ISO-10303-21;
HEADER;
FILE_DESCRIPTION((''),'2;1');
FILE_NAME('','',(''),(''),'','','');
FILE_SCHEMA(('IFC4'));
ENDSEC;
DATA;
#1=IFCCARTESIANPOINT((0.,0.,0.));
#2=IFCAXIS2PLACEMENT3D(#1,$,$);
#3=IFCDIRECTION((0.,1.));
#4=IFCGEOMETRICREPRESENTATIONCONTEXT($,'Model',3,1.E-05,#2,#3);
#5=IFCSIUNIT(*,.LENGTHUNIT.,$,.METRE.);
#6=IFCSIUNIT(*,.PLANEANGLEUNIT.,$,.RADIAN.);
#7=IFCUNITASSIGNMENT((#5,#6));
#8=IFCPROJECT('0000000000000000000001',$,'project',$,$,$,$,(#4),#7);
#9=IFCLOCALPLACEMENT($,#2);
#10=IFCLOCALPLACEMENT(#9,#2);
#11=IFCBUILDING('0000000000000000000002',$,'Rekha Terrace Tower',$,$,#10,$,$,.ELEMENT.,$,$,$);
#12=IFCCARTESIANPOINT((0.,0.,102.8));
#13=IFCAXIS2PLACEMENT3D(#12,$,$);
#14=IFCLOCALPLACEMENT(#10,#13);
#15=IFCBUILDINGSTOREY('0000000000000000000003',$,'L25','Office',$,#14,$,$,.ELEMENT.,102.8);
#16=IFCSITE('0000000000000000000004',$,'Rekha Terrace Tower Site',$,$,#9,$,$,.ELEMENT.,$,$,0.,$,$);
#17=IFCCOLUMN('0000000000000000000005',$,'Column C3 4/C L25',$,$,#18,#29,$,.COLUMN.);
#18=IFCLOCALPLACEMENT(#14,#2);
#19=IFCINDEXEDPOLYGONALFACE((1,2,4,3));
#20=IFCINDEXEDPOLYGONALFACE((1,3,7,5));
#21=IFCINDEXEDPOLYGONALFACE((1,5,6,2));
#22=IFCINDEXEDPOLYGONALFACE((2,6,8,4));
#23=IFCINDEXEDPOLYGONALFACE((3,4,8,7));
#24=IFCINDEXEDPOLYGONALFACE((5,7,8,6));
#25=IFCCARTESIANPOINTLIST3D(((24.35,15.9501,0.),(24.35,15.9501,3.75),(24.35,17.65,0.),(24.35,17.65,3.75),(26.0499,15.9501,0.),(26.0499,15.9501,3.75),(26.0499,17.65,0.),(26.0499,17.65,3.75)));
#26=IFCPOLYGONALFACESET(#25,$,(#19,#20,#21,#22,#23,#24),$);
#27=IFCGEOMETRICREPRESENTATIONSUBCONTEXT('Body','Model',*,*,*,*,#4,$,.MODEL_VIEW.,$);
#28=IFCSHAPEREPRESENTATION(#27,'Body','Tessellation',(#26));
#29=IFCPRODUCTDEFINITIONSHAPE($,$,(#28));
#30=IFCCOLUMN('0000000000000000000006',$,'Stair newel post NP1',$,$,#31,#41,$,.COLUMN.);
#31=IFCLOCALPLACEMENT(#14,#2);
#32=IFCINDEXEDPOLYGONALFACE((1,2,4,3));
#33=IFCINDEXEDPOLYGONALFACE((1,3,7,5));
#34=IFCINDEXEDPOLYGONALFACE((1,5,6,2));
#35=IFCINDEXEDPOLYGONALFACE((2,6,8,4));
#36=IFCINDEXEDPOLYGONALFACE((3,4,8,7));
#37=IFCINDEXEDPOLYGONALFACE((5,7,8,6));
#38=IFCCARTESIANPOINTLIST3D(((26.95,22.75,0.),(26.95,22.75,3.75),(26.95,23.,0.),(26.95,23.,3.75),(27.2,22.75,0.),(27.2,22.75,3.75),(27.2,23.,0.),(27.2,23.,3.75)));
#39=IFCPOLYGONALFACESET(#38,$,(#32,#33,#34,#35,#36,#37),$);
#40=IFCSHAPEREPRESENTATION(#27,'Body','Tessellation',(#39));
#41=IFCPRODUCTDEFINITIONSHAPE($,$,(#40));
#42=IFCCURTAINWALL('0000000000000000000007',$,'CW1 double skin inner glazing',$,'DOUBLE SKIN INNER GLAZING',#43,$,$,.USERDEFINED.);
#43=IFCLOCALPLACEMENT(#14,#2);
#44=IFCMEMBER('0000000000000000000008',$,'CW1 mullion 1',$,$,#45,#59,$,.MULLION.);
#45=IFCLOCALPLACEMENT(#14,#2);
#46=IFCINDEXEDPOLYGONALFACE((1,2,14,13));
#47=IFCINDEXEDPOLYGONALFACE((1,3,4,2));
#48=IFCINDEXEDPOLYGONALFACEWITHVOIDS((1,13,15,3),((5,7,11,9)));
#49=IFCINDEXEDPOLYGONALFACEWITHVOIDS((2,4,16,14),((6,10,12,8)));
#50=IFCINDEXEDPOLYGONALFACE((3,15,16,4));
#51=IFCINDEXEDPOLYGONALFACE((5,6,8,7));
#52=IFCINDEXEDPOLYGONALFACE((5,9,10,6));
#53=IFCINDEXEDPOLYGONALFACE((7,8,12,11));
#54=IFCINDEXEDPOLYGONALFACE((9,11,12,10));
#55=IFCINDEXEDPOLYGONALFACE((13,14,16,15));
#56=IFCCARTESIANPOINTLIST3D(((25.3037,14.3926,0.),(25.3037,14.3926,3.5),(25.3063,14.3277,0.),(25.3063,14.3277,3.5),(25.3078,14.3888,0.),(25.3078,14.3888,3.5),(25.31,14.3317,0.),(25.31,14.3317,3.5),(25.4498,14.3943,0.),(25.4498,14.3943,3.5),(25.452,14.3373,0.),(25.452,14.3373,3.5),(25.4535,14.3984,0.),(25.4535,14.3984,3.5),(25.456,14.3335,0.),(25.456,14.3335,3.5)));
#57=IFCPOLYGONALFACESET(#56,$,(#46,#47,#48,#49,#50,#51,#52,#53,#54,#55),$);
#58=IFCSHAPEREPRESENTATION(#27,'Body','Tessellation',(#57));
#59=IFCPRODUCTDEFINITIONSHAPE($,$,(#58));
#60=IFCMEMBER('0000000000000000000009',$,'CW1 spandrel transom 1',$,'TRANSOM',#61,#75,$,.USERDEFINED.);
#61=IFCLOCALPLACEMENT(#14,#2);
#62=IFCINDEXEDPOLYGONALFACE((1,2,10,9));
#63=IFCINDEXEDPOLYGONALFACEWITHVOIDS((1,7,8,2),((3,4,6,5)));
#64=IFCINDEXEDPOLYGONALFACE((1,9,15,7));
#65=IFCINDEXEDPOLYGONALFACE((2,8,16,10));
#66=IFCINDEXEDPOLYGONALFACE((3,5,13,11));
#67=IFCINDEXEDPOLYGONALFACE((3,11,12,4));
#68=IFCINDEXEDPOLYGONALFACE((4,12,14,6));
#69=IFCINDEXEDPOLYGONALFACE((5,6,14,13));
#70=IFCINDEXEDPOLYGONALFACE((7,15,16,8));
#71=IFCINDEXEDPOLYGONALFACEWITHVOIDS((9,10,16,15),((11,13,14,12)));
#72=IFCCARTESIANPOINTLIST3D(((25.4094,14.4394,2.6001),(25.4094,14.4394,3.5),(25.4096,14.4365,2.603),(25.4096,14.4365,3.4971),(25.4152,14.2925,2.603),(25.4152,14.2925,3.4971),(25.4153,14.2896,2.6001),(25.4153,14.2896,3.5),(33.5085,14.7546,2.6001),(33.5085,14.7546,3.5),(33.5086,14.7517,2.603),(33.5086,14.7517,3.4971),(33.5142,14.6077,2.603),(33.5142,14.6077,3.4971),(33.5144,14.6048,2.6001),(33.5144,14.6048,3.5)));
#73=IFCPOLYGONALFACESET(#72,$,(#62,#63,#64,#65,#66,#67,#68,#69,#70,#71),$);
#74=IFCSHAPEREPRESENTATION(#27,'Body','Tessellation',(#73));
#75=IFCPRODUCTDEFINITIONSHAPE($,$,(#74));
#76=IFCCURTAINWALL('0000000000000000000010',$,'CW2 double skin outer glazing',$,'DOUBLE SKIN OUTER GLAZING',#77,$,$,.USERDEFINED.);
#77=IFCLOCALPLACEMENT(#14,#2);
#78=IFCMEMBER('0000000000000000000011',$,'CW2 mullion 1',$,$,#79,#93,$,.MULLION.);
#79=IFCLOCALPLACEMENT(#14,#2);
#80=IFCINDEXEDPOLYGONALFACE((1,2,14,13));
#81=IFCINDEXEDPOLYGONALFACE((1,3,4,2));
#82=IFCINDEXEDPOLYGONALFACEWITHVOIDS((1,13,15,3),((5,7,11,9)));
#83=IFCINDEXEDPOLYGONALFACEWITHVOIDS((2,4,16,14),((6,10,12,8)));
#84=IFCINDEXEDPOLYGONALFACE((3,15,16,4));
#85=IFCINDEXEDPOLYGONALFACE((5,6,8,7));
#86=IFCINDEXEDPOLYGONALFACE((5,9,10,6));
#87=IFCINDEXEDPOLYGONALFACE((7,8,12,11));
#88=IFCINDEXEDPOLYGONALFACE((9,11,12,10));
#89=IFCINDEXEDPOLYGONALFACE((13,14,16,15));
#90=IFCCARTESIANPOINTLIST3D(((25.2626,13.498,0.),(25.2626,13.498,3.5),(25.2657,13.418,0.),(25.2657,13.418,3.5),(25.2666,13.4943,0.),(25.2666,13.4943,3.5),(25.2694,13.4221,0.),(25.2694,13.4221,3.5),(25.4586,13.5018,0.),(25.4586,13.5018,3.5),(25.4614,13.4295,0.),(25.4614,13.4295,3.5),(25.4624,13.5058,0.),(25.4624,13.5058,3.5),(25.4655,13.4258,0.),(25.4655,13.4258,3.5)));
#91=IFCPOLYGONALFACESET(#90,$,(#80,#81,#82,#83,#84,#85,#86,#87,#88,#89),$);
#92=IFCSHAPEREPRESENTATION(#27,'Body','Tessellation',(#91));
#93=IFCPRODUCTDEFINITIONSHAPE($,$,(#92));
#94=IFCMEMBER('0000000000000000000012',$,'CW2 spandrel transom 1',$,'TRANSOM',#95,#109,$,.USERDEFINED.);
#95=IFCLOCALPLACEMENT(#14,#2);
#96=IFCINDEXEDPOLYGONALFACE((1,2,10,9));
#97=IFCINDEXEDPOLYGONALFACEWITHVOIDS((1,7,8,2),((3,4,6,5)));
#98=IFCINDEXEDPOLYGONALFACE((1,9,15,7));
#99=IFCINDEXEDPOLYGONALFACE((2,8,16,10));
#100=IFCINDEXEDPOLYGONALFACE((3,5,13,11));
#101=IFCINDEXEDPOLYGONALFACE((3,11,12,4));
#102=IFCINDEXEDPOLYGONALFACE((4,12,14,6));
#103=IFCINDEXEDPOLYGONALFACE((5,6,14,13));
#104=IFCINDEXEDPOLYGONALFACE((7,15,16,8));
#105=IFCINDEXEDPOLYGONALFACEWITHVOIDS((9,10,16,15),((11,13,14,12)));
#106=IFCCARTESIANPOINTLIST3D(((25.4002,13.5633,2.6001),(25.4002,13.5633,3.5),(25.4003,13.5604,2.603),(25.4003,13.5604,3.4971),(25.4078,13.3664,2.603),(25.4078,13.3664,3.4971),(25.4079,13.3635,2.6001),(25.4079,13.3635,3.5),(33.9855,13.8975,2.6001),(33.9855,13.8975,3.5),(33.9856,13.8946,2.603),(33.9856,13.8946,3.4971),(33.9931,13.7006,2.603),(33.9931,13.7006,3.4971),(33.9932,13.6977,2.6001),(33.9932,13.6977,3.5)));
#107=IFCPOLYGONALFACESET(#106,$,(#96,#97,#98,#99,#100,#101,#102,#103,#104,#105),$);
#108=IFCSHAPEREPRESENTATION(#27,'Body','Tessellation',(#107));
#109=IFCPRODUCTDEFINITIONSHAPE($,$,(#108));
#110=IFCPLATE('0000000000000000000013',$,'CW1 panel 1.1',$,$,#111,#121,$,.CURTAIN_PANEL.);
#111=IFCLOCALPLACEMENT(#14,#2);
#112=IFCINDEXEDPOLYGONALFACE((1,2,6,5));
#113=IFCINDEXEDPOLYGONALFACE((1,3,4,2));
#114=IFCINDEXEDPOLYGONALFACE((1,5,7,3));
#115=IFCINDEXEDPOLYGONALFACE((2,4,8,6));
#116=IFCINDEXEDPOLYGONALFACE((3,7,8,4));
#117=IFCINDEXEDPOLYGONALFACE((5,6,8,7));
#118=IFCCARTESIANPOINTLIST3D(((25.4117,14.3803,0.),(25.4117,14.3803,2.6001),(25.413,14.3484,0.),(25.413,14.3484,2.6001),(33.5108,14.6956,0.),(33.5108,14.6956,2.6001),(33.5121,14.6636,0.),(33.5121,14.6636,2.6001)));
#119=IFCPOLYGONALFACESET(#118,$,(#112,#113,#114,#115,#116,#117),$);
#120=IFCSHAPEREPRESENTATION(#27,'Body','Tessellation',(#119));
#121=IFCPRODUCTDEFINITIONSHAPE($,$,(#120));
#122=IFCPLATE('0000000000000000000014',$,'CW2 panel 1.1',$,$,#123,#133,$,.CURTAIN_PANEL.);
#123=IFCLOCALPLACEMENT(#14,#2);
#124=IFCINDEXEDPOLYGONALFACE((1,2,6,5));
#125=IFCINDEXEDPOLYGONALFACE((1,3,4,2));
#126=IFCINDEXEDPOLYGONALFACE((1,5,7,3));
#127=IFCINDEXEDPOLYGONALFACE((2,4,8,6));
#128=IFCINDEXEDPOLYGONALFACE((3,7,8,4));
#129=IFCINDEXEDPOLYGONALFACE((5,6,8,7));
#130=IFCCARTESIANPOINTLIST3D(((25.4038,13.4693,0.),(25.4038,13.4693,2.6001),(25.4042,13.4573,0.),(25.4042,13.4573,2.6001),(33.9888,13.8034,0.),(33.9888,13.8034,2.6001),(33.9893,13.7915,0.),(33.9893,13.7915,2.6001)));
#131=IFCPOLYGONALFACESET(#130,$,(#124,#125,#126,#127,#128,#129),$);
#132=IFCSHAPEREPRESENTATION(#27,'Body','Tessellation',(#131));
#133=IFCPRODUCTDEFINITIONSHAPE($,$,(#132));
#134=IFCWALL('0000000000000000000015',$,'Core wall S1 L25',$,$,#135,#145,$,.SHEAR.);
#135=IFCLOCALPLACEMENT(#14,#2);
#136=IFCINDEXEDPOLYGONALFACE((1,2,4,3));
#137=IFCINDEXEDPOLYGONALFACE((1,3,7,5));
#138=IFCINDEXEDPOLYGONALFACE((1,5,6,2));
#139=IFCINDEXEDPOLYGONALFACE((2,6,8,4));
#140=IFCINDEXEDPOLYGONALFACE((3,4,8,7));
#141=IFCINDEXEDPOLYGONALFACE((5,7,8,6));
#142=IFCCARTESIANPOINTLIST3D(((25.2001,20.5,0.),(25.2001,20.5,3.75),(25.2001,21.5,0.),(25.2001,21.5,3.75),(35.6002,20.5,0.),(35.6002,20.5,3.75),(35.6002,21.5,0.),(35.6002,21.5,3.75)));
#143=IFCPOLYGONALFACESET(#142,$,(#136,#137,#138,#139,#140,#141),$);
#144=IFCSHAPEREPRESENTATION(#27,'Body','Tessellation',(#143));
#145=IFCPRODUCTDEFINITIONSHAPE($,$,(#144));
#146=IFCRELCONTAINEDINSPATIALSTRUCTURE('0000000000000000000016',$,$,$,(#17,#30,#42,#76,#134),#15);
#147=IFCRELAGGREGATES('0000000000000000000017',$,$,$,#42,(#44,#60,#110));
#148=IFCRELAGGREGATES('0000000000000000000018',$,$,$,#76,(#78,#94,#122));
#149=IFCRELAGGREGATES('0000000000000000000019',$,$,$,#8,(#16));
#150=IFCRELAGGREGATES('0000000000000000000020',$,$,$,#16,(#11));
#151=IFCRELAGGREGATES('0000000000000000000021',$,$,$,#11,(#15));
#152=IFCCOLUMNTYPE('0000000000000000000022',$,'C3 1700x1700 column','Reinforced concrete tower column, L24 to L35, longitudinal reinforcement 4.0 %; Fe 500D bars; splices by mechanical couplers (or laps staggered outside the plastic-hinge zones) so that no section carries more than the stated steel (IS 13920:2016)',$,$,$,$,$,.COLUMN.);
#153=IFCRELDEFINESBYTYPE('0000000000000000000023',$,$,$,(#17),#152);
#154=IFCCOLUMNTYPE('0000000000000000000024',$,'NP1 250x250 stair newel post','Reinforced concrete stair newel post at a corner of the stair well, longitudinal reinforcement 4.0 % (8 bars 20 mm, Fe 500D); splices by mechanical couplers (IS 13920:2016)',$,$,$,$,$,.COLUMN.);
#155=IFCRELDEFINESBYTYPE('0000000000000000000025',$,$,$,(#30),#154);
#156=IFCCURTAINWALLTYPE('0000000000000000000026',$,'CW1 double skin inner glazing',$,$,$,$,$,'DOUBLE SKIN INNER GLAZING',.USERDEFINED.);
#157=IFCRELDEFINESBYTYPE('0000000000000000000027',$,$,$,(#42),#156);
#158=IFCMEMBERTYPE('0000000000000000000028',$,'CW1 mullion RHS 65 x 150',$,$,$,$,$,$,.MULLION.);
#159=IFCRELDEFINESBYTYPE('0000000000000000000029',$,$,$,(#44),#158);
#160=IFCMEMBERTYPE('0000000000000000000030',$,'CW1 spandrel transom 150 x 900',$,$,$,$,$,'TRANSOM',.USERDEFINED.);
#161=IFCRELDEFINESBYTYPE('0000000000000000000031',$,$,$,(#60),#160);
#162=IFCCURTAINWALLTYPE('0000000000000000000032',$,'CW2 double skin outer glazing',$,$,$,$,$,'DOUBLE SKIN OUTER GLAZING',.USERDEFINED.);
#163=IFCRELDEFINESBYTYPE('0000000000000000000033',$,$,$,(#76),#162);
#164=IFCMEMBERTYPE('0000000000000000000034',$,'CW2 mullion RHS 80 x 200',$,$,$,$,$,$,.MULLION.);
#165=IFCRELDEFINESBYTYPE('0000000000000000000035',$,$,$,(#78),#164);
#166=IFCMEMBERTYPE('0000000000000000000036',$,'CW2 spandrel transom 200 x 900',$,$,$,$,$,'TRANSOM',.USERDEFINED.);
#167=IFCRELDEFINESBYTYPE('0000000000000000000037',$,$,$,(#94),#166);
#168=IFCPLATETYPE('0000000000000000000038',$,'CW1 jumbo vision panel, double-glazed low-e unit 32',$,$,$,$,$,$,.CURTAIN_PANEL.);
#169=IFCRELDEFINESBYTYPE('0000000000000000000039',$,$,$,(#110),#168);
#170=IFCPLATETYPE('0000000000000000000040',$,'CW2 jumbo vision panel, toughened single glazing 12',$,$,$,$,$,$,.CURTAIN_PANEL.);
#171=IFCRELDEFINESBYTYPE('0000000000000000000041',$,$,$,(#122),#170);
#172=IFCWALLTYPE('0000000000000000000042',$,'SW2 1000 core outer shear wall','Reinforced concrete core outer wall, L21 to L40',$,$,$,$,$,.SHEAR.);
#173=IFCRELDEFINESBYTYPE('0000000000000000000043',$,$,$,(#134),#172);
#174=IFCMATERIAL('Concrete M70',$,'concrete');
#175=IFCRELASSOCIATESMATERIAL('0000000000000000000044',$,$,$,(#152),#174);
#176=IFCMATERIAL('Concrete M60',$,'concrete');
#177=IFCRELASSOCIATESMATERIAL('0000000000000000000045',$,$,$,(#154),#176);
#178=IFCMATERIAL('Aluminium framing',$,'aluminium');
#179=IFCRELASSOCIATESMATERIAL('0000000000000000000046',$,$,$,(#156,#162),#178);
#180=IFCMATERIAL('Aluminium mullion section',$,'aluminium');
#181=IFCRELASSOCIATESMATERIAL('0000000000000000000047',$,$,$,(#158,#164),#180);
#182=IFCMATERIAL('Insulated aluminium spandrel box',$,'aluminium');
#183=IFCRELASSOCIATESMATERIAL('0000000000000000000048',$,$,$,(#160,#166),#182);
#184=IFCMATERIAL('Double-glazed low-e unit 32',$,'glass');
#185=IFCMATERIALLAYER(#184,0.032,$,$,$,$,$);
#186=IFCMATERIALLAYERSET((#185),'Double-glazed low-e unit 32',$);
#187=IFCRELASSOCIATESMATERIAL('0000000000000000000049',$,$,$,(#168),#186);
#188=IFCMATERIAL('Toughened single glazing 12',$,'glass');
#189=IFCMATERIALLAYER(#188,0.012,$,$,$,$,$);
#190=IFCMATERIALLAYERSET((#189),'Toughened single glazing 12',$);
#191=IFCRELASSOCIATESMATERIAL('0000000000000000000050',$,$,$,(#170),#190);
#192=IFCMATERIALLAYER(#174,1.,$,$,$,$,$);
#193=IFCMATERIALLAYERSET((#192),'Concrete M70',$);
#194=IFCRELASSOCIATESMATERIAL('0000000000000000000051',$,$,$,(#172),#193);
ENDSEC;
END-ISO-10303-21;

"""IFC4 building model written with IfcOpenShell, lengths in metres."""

from ifc_helpers import new_model, si_unit, direction, frame, frame_2d, origin, origin_2d, place, context, subcontext, project, spatial, rectangle, hollow_rectangle, extrude, material, layer, layer_set, material_profile, profile_set, type_object, element, aggregate, save


model = new_model("IFC4")

# Units and contexts
model_context = context("Model", 3, precision=1e-05, world=origin(), true_north=direction((0.0, 1.0)))
body_context = subcontext(model_context, "Body", "Model", "MODEL_VIEW")
ifc_project = project(units=[si_unit("LENGTHUNIT", "METRE"), si_unit("PLANEANGLEUNIT", "RADIAN")], contexts=[model_context])

# Site, building, storey
site_placement = place(None, origin())
site = spatial("IfcSite", under=ifc_project, at=site_placement, Name="Rekha Terrace Tower Site", CompositionType="ELEMENT", RefElevation=0.0)
building_placement = place(site_placement, origin())
building = spatial("IfcBuilding", under=site, at=building_placement, Name="Rekha Terrace Tower", CompositionType="ELEMENT")
storey_placement = place(building_placement, frame((0.0, 0.0, 102.8)))
storey = spatial("IfcBuildingStorey", under=building, at=storey_placement, Name="L25", Description="Office", CompositionType="ELEMENT", Elevation=102.8)

# Columns
ifc_material_1 = material(Name="Concrete M70", Category="concrete")
ifc_material_profile_1 = material_profile(ifc_material_1, rectangle(XDim=1.7, YDim=1.7, at=origin_2d()), Name="RC 1700x1700")
ifc_profile_set_1 = profile_set([ifc_material_profile_1], Name="Concrete M70")
column_type_1 = type_object("IfcColumnType", Name="C3 1700x1700 column", Description="Reinforced concrete tower column, L24 to L35, longitudinal reinforcement 4.0 %; Fe 500D bars; splices by mechanical couplers (or laps staggered outside the plastic-hinge zones) so that no section carries more than the stated steel (IS 13920:2016)", PredefinedType="COLUMN", material=ifc_profile_set_1)
column_1_placement = place(storey_placement, frame((25.2, 16.8, 0.0), z_axis=(0.0, 0.0, 1.0), x_axis=(1.0, 0.0, 0.0)))
element("IfcColumn", 1, at=column_1_placement, inside=storey, type_object=column_type_1, Name="Column C3 4/C L25", PredefinedType="COLUMN", context=body_context, shape_type="SweptSolid", body=[
    extrude(rectangle(XDim=1.7, YDim=1.7, at=origin_2d()), origin(), (0.0, 0.0, 1.0), 3.75),
])
ifc_material_2 = material(Name="Concrete M60", Category="concrete")
ifc_material_profile_2 = material_profile(ifc_material_2, rectangle(XDim=0.25, YDim=0.25, at=origin_2d()), Name="RC 250x250")
ifc_profile_set_2 = profile_set([ifc_material_profile_2], Name="Concrete M60")
column_type_2 = type_object("IfcColumnType", Name="NP1 250x250 stair newel post", Description="Reinforced concrete stair newel post at a corner of the stair well, longitudinal reinforcement 4.0 % (8 bars 20 mm, Fe 500D); splices by mechanical couplers (IS 13920:2016)", PredefinedType="COLUMN", material=ifc_profile_set_2)
column_2_placement = place(storey_placement, frame((27.075, 22.875, 0.0), z_axis=(0.0, 0.0, 1.0), x_axis=(1.0, 0.0, 0.0)))
element("IfcColumn", 2, at=column_2_placement, inside=storey, type_object=column_type_2, Name="Stair newel post NP1", PredefinedType="COLUMN", context=body_context, shape_type="SweptSolid", body=[
    extrude(rectangle(XDim=0.25, YDim=0.25, at=origin_2d()), origin(), (0.0, 0.0, 1.0), 3.75),
])

# Curtain walls, members
ifc_material_3 = material(Name="Aluminium framing", Category="aluminium")
curtain_wall_type_1 = type_object("IfcCurtainWallType", Name="CW1 double skin inner glazing", ElementType="DOUBLE SKIN INNER GLAZING", PredefinedType="USERDEFINED", material=ifc_material_3)
curtain_wall_1_placement = place(storey_placement, origin())
curtain_wall_1 = element("IfcCurtainWall", 3, at=curtain_wall_1_placement, inside=storey, type_object=curtain_wall_type_1, Name="CW1 double skin inner glazing", ObjectType="DOUBLE SKIN INNER GLAZING", PredefinedType="USERDEFINED")
ifc_material_4 = material(Name="Aluminium mullion section", Category="aluminium")
ifc_material_profile_3 = material_profile(ifc_material_4, hollow_rectangle(XDim=0.0649, YDim=0.1499, WallThickness=0.0039, at=origin_2d()), Name="AL RHS 65x150")
ifc_profile_set_3 = profile_set([ifc_material_profile_3], Name="Aluminium mullion section")
member_type_1 = type_object("IfcMemberType", Name="CW1 mullion RHS 65 x 150", PredefinedType="MULLION", material=ifc_profile_set_3)
member_1_placement = place(storey_placement, frame((25.3799, 14.363, 0.0), z_axis=(0.0, 0.0, 1.0), x_axis=(-0.03889, 0.999243, 0.0)))
member_1 = element("IfcMember", 4, at=member_1_placement, type_object=member_type_1, Name="CW1 mullion 1", PredefinedType="MULLION", context=body_context, shape_type="SweptSolid", body=[
    extrude(hollow_rectangle(XDim=0.0649, YDim=0.1499, WallThickness=0.0039, at=origin_2d()), origin(), (0.0, 0.0, 1.0), 3.5),
])
ifc_material_5 = material(Name="Insulated aluminium spandrel box", Category="aluminium")
ifc_material_profile_4 = material_profile(ifc_material_5, hollow_rectangle(XDim=0.1499, YDim=0.8999, WallThickness=0.0029, at=origin_2d()), Name="AL SPANDREL BOX 150x900")
ifc_profile_set_4 = profile_set([ifc_material_profile_4], Name="Insulated aluminium spandrel box")
member_type_2 = type_object("IfcMemberType", Name="CW1 spandrel transom 150 x 900", ElementType="TRANSOM", PredefinedType="USERDEFINED", material=ifc_profile_set_4)
member_2_placement = place(storey_placement, frame((25.4124, 14.3645, 3.05), z_axis=(0.999244, 0.038887, 0.0), x_axis=(-0.038887, 0.999244, 0.0)))
member_2 = element("IfcMember", 5, at=member_2_placement, type_object=member_type_2, Name="CW1 spandrel transom 1", ObjectType="TRANSOM", PredefinedType="USERDEFINED", context=body_context, shape_type="SweptSolid", body=[
    extrude(hollow_rectangle(XDim=0.1499, YDim=0.8999, WallThickness=0.0029, at=origin_2d()), origin(), (0.0, 0.0, 1.0), 8.1052),
])
curtain_wall_type_2 = type_object("IfcCurtainWallType", Name="CW2 double skin outer glazing", ElementType="DOUBLE SKIN OUTER GLAZING", PredefinedType="USERDEFINED", material=ifc_material_3)
curtain_wall_2_placement = place(storey_placement, origin())
curtain_wall_2 = element("IfcCurtainWall", 6, at=curtain_wall_2_placement, inside=storey, type_object=curtain_wall_type_2, Name="CW2 double skin outer glazing", ObjectType="DOUBLE SKIN OUTER GLAZING", PredefinedType="USERDEFINED")
ifc_material_profile_5 = material_profile(ifc_material_4, hollow_rectangle(XDim=0.0801, YDim=0.2, WallThickness=0.0039, at=origin_2d()), Name="AL RHS 80x200")
ifc_profile_set_5 = profile_set([ifc_material_profile_5], Name="Aluminium mullion section")
member_type_3 = type_object("IfcMemberType", Name="CW2 mullion RHS 80 x 200", PredefinedType="MULLION", material=ifc_profile_set_5)
member_3_placement = place(storey_placement, frame((25.364, 13.4619, 0.0), z_axis=(0.0, 0.0, 1.0), x_axis=(-0.03889, 0.999243, 0.0)))
member_3 = element("IfcMember", 7, at=member_3_placement, type_object=member_type_3, Name="CW2 mullion 1", PredefinedType="MULLION", context=body_context, shape_type="SweptSolid", body=[
    extrude(hollow_rectangle(XDim=0.0801, YDim=0.2, WallThickness=0.0039, at=origin_2d()), origin(), (0.0, 0.0, 1.0), 3.5),
])
ifc_material_profile_6 = material_profile(ifc_material_5, hollow_rectangle(XDim=0.2, YDim=0.8999, WallThickness=0.0029, at=origin_2d()), Name="AL SPANDREL BOX 200x900")
ifc_profile_set_6 = profile_set([ifc_material_profile_6], Name="Insulated aluminium spandrel box")
member_type_4 = type_object("IfcMemberType", Name="CW2 spandrel transom 200 x 900", ElementType="TRANSOM", PredefinedType="USERDEFINED", material=ifc_profile_set_6)
member_4_placement = place(storey_placement, frame((25.4041, 13.4634, 3.05), z_axis=(0.999243, 0.038901, 0.0), x_axis=(-0.038901, 0.999243, 0.0)))
member_4 = element("IfcMember", 8, at=member_4_placement, type_object=member_type_4, Name="CW2 spandrel transom 1", ObjectType="TRANSOM", PredefinedType="USERDEFINED", context=body_context, shape_type="SweptSolid", body=[
    extrude(hollow_rectangle(XDim=0.2, YDim=0.8999, WallThickness=0.0029, at=origin_2d()), origin(), (0.0, 0.0, 1.0), 8.5918),
])

# Plates
ifc_material_6 = material(Name="Double-glazed low-e unit 32", Category="glass")
ifc_layer_1 = layer(ifc_material_6, 0.032)
ifc_layer_set_1 = layer_set([ifc_layer_1], Name="Double-glazed low-e unit 32")
plate_type_1 = type_object("IfcPlateType", Name="CW1 jumbo vision panel, double-glazed low-e unit 32", PredefinedType="CURTAIN_PANEL", material=ifc_layer_set_1)
plate_1_placement = place(storey_placement, frame((29.4619, 14.522, 0.0), z_axis=(0.0, 0.0, 1.0), x_axis=(0.999243, 0.03889, 0.0)))
plate_1 = element("IfcPlate", 9, at=plate_1_placement, type_object=plate_type_1, Name="CW1 panel 1.1", PredefinedType="CURTAIN_PANEL", context=body_context, shape_type="SweptSolid", body=[
    extrude(rectangle(XDim=8.1052, YDim=0.032, at=origin_2d()), origin(), (0.0, 0.0, 1.0), 2.6001),
])
aggregate(curtain_wall_1, [member_1, member_2, plate_1])
ifc_material_7 = material(Name="Toughened single glazing 12", Category="glass")
ifc_layer_2 = layer(ifc_material_7, 0.012)
ifc_layer_set_2 = layer_set([ifc_layer_2], Name="Toughened single glazing 12")
plate_type_2 = type_object("IfcPlateType", Name="CW2 jumbo vision panel, toughened single glazing 12", PredefinedType="CURTAIN_PANEL", material=ifc_layer_set_2)
plate_2_placement = place(storey_placement, frame((29.6965, 13.6304, 0.0), z_axis=(0.0, 0.0, 1.0), x_axis=(0.999243, 0.03889, 0.0)))
plate_2 = element("IfcPlate", 10, at=plate_2_placement, type_object=plate_type_2, Name="CW2 panel 1.1", PredefinedType="CURTAIN_PANEL", context=body_context, shape_type="SweptSolid", body=[
    extrude(rectangle(XDim=8.5916, YDim=0.012, at=origin_2d()), origin(), (0.0, 0.0, 1.0), 2.6001),
])
aggregate(curtain_wall_2, [member_3, member_4, plate_2])

# Wall
ifc_layer_3 = layer(ifc_material_1, 1.0)
ifc_layer_set_3 = layer_set([ifc_layer_3], Name="Concrete M70")
wall_type_1 = type_object("IfcWallType", Name="SW2 1000 core outer shear wall", Description="Reinforced concrete core outer wall, L21 to L40", PredefinedType="SHEAR", material=ifc_layer_set_3)
wall_1_placement = place(storey_placement, frame((25.2, 21.0, 0.0), z_axis=(0.0, 0.0, 1.0), x_axis=(1.0, 0.0, 0.0)))
element("IfcWall", 11, at=wall_1_placement, inside=storey, type_object=wall_type_1, Name="Core wall S1 L25", PredefinedType="SHEAR", context=body_context, shape_type="SweptSolid", body=[
    extrude(rectangle(XDim=10.4001, YDim=1.0, at=frame_2d((5.2002, 0.0))), origin(), (0.0, 0.0, 1.0), 3.75),
])

save(model, "model.ifc")
